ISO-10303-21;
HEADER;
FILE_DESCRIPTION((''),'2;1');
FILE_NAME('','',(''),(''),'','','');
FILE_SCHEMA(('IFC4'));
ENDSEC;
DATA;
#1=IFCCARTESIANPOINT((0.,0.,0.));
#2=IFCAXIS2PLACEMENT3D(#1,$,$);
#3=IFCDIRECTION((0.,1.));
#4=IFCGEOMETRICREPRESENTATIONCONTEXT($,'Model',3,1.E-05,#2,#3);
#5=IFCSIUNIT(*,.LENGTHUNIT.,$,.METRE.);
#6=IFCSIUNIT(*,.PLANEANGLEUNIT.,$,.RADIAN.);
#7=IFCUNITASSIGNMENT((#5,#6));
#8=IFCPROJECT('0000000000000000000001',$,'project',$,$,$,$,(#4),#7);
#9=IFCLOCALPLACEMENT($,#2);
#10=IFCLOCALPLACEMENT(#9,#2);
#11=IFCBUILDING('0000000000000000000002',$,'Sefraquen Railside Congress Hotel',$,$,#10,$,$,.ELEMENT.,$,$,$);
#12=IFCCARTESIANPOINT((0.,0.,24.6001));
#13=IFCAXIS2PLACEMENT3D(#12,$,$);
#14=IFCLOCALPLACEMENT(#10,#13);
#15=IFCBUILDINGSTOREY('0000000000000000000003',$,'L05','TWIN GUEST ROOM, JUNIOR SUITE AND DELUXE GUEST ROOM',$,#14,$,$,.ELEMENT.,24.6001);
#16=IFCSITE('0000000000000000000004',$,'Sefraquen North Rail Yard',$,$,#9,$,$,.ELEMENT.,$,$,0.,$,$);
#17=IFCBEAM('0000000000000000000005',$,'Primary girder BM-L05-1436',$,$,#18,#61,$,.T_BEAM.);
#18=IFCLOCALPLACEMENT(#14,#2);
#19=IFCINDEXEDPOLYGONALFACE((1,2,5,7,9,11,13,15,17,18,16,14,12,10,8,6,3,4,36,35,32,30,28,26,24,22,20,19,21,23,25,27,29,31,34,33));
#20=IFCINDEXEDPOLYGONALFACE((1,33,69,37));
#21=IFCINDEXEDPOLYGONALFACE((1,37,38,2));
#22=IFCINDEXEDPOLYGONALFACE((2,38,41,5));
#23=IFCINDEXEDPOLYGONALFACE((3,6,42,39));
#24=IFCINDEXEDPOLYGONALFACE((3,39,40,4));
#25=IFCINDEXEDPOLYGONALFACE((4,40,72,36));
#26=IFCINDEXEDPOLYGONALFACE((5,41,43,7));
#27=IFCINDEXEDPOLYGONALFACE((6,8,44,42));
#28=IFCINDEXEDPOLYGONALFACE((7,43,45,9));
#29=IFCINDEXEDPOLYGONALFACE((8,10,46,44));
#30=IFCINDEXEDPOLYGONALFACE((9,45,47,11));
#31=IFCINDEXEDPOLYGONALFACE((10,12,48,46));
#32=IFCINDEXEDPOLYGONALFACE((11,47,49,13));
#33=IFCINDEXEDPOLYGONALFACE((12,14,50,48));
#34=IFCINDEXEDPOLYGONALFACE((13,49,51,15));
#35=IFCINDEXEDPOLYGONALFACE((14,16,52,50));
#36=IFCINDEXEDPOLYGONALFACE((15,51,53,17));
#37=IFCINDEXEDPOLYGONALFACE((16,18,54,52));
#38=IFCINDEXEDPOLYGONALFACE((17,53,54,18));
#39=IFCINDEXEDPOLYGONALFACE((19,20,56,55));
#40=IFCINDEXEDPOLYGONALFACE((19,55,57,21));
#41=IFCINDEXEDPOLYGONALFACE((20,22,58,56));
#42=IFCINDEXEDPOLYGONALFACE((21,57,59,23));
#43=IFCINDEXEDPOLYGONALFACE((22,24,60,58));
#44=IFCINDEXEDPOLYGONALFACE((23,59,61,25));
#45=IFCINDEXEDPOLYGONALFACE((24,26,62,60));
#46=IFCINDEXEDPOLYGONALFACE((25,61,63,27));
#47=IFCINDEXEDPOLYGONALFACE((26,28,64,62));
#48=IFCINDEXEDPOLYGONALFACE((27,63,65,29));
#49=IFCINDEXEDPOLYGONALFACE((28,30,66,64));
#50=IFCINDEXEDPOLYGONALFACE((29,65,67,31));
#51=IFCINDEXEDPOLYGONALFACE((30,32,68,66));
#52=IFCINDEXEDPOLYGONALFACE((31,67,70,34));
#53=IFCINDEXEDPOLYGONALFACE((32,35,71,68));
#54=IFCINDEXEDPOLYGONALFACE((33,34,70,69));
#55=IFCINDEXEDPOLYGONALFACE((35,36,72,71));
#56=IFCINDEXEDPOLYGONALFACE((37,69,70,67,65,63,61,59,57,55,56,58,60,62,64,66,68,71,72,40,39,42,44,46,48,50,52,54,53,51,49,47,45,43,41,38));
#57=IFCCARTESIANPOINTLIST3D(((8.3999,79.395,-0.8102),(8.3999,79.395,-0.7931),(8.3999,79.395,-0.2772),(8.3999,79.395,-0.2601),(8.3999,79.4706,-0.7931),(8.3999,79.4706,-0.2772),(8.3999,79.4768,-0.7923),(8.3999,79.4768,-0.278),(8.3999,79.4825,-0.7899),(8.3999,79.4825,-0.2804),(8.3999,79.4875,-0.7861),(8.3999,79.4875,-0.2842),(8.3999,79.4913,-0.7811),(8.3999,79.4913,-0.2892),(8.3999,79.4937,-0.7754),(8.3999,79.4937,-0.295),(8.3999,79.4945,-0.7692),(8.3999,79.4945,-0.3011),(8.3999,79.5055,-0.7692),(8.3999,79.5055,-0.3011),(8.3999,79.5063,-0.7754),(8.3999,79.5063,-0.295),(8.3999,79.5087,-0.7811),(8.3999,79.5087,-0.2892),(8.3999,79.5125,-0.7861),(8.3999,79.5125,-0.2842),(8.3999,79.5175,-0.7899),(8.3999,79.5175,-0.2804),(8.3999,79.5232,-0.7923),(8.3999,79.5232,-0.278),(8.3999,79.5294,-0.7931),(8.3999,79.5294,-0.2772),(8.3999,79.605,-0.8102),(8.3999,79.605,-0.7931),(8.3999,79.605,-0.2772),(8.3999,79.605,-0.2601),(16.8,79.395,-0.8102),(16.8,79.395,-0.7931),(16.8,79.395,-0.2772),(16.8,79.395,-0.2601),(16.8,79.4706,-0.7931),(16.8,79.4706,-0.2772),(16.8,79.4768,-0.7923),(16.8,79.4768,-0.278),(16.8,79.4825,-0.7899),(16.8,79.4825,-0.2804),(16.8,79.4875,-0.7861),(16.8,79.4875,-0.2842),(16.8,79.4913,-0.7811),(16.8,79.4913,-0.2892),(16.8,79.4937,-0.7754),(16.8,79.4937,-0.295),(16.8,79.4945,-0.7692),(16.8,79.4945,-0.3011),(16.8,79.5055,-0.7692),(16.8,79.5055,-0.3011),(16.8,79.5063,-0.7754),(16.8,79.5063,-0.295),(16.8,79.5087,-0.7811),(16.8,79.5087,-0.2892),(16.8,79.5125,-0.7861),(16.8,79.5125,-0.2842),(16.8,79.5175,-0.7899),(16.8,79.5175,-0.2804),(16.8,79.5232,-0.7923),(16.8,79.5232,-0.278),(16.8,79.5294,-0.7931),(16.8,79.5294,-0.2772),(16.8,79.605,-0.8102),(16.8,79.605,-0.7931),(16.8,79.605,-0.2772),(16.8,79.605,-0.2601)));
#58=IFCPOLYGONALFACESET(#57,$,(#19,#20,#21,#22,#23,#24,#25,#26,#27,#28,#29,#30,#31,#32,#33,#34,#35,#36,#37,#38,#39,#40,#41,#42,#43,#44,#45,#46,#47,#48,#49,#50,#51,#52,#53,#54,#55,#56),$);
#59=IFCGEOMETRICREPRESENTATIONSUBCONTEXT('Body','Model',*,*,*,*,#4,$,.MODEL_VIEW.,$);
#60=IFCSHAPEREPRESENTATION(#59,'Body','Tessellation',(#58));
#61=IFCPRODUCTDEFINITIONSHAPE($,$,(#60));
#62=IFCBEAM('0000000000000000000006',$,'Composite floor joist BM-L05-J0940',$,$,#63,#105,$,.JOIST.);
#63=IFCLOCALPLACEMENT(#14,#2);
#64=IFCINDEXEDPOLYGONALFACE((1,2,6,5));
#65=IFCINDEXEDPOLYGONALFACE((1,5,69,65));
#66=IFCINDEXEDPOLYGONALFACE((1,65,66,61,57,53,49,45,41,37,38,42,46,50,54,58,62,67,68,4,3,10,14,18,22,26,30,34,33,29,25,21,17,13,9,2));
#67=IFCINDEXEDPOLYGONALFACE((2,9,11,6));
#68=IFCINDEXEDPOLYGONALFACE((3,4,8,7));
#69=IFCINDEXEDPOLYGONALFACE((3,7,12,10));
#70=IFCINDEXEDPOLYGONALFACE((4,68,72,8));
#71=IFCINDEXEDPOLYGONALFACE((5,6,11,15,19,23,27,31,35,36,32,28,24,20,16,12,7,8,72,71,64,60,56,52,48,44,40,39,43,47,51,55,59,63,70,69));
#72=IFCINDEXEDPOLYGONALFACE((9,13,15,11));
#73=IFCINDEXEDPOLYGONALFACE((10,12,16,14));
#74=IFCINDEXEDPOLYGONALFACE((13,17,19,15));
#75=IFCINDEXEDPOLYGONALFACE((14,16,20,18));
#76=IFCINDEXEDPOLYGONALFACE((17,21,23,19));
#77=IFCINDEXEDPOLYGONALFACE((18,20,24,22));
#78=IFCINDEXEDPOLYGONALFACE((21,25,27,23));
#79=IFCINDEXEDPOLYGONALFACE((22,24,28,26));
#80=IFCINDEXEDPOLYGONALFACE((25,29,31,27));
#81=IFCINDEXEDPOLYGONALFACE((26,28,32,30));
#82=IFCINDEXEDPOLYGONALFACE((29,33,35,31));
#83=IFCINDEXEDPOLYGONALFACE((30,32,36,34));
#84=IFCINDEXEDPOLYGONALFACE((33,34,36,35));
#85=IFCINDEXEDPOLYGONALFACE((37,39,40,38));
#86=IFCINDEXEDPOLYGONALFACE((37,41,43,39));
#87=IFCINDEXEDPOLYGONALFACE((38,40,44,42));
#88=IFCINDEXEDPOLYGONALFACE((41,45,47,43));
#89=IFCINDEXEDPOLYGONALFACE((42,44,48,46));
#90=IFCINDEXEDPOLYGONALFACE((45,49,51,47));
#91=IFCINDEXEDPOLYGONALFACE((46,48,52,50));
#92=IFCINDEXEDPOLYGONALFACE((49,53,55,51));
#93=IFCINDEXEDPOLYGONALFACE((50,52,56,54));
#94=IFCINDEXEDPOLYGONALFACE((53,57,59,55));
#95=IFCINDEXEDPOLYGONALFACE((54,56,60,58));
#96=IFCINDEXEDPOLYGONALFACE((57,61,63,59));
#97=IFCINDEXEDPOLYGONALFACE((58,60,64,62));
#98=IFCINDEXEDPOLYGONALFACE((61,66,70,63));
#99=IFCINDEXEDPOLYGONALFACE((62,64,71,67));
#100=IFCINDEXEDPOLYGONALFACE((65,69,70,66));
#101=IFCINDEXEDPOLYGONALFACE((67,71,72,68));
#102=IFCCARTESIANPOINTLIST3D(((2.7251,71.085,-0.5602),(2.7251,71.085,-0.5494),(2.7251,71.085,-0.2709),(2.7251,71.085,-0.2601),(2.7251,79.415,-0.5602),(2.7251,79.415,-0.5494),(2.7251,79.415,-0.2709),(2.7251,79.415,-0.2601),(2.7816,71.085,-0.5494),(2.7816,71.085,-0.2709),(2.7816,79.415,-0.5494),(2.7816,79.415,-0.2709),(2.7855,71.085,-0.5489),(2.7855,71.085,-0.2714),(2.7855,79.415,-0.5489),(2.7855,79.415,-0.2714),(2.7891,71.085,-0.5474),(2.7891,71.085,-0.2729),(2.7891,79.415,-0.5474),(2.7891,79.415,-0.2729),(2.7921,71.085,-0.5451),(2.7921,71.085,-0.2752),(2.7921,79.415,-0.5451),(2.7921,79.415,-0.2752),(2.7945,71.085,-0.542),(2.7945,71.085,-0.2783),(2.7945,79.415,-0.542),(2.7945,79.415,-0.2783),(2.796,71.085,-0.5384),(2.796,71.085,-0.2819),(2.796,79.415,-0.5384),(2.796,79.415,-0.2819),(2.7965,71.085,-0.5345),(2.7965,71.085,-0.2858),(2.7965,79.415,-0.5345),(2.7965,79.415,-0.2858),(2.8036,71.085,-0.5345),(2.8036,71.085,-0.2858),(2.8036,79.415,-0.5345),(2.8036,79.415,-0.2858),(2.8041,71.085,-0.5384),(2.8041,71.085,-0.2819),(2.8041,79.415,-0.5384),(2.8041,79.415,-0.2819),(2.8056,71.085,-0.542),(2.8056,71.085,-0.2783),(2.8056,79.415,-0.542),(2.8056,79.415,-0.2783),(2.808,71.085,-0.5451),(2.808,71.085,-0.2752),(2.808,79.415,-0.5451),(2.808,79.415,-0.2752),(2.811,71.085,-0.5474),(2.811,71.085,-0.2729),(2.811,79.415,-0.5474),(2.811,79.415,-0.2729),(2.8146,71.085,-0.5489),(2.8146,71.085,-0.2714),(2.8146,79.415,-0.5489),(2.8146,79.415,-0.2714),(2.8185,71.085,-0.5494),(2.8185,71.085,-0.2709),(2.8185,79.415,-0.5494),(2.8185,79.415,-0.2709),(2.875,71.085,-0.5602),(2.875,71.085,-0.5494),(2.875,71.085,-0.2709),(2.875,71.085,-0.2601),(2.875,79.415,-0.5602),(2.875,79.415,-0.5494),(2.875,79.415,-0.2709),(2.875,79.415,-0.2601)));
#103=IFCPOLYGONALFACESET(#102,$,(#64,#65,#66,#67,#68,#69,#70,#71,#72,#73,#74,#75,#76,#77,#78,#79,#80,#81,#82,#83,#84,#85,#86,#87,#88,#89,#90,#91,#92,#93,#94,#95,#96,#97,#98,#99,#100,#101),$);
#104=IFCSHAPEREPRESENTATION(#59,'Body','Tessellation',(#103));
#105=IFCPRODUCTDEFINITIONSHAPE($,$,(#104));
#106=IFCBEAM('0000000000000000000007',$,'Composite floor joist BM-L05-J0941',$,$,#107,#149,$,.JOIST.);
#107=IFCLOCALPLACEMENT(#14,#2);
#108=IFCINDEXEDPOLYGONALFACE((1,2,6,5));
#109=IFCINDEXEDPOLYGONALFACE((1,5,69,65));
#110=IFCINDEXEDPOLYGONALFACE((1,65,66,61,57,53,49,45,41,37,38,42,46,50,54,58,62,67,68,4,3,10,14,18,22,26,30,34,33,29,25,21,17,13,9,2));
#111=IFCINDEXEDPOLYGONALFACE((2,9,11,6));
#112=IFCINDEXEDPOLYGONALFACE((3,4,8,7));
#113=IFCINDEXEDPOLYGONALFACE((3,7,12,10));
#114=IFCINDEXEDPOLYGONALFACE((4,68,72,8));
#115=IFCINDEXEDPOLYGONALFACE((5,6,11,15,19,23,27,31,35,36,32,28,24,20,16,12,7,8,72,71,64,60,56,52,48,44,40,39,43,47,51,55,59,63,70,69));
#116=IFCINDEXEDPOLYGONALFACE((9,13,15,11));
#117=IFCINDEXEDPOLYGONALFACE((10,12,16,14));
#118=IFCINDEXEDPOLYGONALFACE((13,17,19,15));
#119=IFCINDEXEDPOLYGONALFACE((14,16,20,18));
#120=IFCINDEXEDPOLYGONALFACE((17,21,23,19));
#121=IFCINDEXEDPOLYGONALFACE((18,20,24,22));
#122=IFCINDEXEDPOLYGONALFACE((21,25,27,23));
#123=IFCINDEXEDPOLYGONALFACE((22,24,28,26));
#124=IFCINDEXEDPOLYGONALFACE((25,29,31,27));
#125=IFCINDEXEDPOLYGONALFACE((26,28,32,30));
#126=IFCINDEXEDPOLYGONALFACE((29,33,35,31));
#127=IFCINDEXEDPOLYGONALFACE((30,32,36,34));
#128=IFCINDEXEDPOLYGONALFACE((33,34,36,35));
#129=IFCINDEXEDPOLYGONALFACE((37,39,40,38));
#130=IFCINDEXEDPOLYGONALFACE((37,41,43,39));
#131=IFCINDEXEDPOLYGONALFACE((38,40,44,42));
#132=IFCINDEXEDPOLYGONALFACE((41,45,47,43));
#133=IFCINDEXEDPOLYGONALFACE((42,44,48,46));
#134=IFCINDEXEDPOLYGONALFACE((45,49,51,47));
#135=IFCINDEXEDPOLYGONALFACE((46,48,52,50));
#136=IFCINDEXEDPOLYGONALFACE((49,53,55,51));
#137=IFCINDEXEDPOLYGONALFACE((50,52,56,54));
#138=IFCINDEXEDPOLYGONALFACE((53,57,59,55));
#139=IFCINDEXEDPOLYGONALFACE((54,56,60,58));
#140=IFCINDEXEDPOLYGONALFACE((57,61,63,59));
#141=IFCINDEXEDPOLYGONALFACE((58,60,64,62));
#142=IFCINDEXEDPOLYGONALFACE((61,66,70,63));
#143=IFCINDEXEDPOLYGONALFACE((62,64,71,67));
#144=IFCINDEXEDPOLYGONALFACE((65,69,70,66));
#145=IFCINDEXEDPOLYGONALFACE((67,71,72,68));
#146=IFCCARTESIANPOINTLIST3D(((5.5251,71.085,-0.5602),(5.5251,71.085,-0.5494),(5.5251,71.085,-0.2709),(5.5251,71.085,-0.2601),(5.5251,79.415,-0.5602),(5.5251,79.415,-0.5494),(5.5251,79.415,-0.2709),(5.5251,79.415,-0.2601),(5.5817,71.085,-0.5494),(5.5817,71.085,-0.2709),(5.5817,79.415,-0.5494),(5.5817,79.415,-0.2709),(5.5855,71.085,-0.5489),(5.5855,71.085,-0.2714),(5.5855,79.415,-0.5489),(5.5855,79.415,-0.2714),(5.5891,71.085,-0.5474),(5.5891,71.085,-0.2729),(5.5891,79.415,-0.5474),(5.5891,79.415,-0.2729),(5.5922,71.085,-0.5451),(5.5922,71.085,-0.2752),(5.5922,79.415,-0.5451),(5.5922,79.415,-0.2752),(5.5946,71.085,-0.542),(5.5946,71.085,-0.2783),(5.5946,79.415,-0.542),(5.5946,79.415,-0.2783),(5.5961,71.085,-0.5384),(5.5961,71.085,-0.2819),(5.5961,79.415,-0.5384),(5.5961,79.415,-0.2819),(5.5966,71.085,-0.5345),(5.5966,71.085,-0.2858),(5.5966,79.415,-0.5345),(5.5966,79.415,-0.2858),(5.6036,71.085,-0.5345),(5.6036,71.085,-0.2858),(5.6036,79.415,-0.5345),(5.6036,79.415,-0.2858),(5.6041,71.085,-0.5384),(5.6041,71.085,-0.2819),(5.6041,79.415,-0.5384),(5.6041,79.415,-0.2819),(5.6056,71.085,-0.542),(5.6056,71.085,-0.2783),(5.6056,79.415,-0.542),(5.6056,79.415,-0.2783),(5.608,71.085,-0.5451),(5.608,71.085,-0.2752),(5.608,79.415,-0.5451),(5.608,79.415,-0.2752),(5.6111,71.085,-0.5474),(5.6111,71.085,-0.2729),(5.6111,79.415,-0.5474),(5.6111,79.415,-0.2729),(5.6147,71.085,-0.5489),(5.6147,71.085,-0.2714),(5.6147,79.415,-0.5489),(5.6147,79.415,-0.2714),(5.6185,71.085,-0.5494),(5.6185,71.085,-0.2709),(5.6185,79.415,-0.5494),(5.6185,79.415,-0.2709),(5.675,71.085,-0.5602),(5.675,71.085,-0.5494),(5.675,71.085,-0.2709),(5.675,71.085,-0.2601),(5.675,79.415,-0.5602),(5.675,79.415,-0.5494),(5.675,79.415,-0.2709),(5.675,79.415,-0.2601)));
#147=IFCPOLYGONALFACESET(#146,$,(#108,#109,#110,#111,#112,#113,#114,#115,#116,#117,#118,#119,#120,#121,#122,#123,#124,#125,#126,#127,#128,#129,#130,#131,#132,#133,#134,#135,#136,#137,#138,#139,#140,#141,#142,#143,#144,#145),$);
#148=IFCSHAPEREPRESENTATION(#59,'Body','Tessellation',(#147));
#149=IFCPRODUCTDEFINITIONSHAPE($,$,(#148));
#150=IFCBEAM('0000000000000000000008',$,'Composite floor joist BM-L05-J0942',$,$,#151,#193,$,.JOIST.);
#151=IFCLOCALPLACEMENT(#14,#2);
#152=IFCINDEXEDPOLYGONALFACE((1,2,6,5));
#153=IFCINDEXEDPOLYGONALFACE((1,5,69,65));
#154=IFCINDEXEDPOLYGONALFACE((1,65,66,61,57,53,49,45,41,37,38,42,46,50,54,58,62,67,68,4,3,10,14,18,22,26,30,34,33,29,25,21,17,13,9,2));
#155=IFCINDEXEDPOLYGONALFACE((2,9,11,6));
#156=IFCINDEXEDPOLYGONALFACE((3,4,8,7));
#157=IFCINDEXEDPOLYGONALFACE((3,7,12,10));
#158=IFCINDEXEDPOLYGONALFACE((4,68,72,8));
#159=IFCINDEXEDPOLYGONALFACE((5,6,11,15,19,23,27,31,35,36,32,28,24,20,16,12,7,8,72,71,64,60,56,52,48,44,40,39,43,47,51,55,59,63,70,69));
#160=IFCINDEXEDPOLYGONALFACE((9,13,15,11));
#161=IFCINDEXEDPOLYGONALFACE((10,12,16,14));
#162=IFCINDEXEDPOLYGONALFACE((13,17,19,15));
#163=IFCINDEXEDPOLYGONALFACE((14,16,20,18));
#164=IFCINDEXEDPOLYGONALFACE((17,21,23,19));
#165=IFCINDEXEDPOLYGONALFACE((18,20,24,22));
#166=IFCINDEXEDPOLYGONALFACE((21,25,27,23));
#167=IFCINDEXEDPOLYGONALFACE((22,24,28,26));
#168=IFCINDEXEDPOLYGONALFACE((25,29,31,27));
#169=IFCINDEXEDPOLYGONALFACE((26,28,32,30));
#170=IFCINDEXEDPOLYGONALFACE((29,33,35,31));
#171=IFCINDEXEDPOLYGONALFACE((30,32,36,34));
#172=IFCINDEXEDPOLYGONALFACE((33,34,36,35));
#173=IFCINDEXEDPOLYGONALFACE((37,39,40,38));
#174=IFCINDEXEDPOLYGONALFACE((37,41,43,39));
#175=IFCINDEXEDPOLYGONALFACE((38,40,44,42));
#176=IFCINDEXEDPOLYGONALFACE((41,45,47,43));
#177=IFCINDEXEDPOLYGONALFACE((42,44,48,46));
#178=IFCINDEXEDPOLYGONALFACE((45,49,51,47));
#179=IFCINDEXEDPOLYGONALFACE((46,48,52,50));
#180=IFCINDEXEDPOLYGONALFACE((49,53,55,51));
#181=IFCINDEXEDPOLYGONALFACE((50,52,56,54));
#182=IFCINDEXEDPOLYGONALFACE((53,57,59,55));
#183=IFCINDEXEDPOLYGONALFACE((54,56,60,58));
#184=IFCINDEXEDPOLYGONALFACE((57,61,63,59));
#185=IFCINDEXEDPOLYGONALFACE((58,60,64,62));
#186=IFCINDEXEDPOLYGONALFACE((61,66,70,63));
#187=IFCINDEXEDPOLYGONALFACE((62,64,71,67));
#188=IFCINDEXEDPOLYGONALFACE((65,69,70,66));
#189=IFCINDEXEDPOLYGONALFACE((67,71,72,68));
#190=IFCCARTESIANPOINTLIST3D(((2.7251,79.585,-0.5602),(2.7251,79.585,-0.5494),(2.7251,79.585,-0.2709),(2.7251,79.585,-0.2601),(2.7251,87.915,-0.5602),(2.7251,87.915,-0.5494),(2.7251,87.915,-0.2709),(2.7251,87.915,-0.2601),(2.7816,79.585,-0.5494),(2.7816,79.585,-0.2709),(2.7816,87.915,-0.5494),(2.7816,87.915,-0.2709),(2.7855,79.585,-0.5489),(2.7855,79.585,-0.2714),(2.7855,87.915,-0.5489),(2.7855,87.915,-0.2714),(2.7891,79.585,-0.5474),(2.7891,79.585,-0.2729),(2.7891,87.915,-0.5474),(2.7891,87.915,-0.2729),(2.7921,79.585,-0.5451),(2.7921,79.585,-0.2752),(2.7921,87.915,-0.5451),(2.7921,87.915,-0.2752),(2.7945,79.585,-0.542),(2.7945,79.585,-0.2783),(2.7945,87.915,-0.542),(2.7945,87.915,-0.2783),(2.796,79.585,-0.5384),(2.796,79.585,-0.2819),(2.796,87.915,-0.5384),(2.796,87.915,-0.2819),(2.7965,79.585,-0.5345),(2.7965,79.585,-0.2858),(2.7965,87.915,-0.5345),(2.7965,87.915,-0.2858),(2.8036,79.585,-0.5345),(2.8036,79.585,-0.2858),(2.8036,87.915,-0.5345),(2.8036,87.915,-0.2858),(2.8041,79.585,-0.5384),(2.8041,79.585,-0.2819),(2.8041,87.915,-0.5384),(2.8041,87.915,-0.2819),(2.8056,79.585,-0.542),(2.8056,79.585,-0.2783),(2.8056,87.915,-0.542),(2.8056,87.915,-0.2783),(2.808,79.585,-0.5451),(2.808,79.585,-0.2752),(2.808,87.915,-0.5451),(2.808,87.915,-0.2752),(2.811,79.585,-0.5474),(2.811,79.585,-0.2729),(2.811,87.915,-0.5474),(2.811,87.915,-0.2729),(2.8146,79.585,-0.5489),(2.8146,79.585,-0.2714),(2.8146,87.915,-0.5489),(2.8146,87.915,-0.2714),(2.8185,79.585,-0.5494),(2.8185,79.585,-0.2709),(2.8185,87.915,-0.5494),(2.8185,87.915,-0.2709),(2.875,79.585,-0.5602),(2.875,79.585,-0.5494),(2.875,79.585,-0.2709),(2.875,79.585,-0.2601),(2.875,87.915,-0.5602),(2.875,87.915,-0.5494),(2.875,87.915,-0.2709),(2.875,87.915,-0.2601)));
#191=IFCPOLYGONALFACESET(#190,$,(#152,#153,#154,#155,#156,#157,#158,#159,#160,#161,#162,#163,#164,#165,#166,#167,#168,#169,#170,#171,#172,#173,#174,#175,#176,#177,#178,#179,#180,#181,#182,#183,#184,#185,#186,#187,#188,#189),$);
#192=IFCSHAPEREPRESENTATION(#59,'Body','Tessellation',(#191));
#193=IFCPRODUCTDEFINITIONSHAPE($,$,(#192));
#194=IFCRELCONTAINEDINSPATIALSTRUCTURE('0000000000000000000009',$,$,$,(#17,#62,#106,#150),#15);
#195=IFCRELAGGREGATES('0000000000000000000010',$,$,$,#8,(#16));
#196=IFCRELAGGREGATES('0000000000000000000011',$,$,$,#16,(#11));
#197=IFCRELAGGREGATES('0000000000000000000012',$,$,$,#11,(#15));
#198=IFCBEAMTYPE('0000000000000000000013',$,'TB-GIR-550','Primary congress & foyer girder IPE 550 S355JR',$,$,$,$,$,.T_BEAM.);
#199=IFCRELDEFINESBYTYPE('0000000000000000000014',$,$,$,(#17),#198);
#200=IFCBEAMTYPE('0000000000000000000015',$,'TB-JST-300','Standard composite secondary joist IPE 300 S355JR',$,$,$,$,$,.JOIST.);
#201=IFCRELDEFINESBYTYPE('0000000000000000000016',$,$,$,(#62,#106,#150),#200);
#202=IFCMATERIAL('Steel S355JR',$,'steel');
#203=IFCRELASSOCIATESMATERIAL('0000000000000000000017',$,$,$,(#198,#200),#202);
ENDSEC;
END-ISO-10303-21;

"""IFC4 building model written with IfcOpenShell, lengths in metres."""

from ifc_helpers import new_model, si_unit, direction, frame, origin, origin_2d, place, context, subcontext, project, spatial, i_section, extrude, material, material_profile, profile_set, type_object, element, save


model = new_model("IFC4")

# Units and contexts
model_context = context("Model", 3, precision=1e-05, world=origin(), true_north=direction((0.0, 1.0)))
body_context = subcontext(model_context, "Body", "Model", "MODEL_VIEW")
ifc_project = project(units=[si_unit("LENGTHUNIT", "METRE"), si_unit("PLANEANGLEUNIT", "RADIAN")], contexts=[model_context])

# Site, building, storey
site_placement = place(None, origin())
site = spatial("IfcSite", under=ifc_project, at=site_placement, Name="Sefraquen North Rail Yard", CompositionType="ELEMENT", RefElevation=0.0)
building_placement = place(site_placement, origin())
building = spatial("IfcBuilding", under=site, at=building_placement, Name="Sefraquen Railside Congress Hotel", CompositionType="ELEMENT")
storey_placement = place(building_placement, frame((0.0, 0.0, 24.6001)))
storey = spatial("IfcBuildingStorey", under=building, at=storey_placement, Name="L05", Description="TWIN GUEST ROOM, JUNIOR SUITE AND DELUXE GUEST ROOM", CompositionType="ELEMENT", Elevation=24.6001)

# Shared definitions
ifc_material_1 = material(Name="Steel S355JR", Category="steel")

# Beams
ifc_material_profile_1 = material_profile(ifc_material_1, i_section(OverallWidth=0.21, OverallDepth=0.55, WebThickness=0.011, FlangeThickness=0.0171, FilletRadius=0.0239, at=origin_2d()), Name="IPE 550")
ifc_profile_set_1 = profile_set([ifc_material_profile_1], Name="Steel S355JR")
beam_type_1 = type_object("IfcBeamType", Name="TB-GIR-550", Description="Primary congress & foyer girder IPE 550 S355JR", PredefinedType="T_BEAM", material=ifc_profile_set_1)
beam_1_placement = place(storey_placement, frame((8.3999, 79.5, -0.5352), z_axis=(1.0, 0.0, 0.0), x_axis=(0.0, 1.0, 0.0)))
element("IfcBeam", 1, at=beam_1_placement, inside=storey, type_object=beam_type_1, Name="Primary girder BM-L05-1436", PredefinedType="T_BEAM", context=body_context, shape_type="SweptSolid", body=[
    extrude(i_section(OverallWidth=0.21, OverallDepth=0.55, WebThickness=0.011, FlangeThickness=0.0171, FilletRadius=0.0239, at=origin_2d()), origin(), (0.0, 0.0, 1.0), 8.4001),
])
ifc_material_profile_2 = material_profile(ifc_material_1, i_section(OverallWidth=0.1499, OverallDepth=0.3, WebThickness=0.0071, FlangeThickness=0.0107, FilletRadius=0.0149, at=origin_2d()), Name="IPE 300")
ifc_profile_set_2 = profile_set([ifc_material_profile_2], Name="Steel S355JR")
beam_type_2 = type_object("IfcBeamType", Name="TB-JST-300", Description="Standard composite secondary joist IPE 300 S355JR", PredefinedType="JOIST", material=ifc_profile_set_2)
for number, where, z_axis, x_axis, name in (
    (2, (2.8, 71.085, -0.4102), (0.0, 1.0, 0.0), (-1.0, 0.0, 0.0), "Composite floor joist BM-L05-J0940"),
    (3, (5.6001, 71.085, -0.4102), (0.0, 1.0, 0.0), (-1.0, 0.0, 0.0), "Composite floor joist BM-L05-J0941"),
    (4, (2.8, 79.585, -0.4102), (0.0, 1.0, 0.0), (-1.0, 0.0, 0.0), "Composite floor joist BM-L05-J0942"),
):
    element("IfcBeam", number, at=place(storey_placement, frame(where, z_axis=z_axis, x_axis=x_axis)), inside=storey, type_object=beam_type_2, Name=name, PredefinedType="JOIST", context=body_context, shape_type="SweptSolid", body=[
        extrude(i_section(OverallWidth=0.1499, OverallDepth=0.3, WebThickness=0.0071, FlangeThickness=0.0107, FilletRadius=0.0149, at=origin_2d()), origin(), (0.0, 0.0, 1.0), 8.3301),
    ])

save(model, "model.ifc")
